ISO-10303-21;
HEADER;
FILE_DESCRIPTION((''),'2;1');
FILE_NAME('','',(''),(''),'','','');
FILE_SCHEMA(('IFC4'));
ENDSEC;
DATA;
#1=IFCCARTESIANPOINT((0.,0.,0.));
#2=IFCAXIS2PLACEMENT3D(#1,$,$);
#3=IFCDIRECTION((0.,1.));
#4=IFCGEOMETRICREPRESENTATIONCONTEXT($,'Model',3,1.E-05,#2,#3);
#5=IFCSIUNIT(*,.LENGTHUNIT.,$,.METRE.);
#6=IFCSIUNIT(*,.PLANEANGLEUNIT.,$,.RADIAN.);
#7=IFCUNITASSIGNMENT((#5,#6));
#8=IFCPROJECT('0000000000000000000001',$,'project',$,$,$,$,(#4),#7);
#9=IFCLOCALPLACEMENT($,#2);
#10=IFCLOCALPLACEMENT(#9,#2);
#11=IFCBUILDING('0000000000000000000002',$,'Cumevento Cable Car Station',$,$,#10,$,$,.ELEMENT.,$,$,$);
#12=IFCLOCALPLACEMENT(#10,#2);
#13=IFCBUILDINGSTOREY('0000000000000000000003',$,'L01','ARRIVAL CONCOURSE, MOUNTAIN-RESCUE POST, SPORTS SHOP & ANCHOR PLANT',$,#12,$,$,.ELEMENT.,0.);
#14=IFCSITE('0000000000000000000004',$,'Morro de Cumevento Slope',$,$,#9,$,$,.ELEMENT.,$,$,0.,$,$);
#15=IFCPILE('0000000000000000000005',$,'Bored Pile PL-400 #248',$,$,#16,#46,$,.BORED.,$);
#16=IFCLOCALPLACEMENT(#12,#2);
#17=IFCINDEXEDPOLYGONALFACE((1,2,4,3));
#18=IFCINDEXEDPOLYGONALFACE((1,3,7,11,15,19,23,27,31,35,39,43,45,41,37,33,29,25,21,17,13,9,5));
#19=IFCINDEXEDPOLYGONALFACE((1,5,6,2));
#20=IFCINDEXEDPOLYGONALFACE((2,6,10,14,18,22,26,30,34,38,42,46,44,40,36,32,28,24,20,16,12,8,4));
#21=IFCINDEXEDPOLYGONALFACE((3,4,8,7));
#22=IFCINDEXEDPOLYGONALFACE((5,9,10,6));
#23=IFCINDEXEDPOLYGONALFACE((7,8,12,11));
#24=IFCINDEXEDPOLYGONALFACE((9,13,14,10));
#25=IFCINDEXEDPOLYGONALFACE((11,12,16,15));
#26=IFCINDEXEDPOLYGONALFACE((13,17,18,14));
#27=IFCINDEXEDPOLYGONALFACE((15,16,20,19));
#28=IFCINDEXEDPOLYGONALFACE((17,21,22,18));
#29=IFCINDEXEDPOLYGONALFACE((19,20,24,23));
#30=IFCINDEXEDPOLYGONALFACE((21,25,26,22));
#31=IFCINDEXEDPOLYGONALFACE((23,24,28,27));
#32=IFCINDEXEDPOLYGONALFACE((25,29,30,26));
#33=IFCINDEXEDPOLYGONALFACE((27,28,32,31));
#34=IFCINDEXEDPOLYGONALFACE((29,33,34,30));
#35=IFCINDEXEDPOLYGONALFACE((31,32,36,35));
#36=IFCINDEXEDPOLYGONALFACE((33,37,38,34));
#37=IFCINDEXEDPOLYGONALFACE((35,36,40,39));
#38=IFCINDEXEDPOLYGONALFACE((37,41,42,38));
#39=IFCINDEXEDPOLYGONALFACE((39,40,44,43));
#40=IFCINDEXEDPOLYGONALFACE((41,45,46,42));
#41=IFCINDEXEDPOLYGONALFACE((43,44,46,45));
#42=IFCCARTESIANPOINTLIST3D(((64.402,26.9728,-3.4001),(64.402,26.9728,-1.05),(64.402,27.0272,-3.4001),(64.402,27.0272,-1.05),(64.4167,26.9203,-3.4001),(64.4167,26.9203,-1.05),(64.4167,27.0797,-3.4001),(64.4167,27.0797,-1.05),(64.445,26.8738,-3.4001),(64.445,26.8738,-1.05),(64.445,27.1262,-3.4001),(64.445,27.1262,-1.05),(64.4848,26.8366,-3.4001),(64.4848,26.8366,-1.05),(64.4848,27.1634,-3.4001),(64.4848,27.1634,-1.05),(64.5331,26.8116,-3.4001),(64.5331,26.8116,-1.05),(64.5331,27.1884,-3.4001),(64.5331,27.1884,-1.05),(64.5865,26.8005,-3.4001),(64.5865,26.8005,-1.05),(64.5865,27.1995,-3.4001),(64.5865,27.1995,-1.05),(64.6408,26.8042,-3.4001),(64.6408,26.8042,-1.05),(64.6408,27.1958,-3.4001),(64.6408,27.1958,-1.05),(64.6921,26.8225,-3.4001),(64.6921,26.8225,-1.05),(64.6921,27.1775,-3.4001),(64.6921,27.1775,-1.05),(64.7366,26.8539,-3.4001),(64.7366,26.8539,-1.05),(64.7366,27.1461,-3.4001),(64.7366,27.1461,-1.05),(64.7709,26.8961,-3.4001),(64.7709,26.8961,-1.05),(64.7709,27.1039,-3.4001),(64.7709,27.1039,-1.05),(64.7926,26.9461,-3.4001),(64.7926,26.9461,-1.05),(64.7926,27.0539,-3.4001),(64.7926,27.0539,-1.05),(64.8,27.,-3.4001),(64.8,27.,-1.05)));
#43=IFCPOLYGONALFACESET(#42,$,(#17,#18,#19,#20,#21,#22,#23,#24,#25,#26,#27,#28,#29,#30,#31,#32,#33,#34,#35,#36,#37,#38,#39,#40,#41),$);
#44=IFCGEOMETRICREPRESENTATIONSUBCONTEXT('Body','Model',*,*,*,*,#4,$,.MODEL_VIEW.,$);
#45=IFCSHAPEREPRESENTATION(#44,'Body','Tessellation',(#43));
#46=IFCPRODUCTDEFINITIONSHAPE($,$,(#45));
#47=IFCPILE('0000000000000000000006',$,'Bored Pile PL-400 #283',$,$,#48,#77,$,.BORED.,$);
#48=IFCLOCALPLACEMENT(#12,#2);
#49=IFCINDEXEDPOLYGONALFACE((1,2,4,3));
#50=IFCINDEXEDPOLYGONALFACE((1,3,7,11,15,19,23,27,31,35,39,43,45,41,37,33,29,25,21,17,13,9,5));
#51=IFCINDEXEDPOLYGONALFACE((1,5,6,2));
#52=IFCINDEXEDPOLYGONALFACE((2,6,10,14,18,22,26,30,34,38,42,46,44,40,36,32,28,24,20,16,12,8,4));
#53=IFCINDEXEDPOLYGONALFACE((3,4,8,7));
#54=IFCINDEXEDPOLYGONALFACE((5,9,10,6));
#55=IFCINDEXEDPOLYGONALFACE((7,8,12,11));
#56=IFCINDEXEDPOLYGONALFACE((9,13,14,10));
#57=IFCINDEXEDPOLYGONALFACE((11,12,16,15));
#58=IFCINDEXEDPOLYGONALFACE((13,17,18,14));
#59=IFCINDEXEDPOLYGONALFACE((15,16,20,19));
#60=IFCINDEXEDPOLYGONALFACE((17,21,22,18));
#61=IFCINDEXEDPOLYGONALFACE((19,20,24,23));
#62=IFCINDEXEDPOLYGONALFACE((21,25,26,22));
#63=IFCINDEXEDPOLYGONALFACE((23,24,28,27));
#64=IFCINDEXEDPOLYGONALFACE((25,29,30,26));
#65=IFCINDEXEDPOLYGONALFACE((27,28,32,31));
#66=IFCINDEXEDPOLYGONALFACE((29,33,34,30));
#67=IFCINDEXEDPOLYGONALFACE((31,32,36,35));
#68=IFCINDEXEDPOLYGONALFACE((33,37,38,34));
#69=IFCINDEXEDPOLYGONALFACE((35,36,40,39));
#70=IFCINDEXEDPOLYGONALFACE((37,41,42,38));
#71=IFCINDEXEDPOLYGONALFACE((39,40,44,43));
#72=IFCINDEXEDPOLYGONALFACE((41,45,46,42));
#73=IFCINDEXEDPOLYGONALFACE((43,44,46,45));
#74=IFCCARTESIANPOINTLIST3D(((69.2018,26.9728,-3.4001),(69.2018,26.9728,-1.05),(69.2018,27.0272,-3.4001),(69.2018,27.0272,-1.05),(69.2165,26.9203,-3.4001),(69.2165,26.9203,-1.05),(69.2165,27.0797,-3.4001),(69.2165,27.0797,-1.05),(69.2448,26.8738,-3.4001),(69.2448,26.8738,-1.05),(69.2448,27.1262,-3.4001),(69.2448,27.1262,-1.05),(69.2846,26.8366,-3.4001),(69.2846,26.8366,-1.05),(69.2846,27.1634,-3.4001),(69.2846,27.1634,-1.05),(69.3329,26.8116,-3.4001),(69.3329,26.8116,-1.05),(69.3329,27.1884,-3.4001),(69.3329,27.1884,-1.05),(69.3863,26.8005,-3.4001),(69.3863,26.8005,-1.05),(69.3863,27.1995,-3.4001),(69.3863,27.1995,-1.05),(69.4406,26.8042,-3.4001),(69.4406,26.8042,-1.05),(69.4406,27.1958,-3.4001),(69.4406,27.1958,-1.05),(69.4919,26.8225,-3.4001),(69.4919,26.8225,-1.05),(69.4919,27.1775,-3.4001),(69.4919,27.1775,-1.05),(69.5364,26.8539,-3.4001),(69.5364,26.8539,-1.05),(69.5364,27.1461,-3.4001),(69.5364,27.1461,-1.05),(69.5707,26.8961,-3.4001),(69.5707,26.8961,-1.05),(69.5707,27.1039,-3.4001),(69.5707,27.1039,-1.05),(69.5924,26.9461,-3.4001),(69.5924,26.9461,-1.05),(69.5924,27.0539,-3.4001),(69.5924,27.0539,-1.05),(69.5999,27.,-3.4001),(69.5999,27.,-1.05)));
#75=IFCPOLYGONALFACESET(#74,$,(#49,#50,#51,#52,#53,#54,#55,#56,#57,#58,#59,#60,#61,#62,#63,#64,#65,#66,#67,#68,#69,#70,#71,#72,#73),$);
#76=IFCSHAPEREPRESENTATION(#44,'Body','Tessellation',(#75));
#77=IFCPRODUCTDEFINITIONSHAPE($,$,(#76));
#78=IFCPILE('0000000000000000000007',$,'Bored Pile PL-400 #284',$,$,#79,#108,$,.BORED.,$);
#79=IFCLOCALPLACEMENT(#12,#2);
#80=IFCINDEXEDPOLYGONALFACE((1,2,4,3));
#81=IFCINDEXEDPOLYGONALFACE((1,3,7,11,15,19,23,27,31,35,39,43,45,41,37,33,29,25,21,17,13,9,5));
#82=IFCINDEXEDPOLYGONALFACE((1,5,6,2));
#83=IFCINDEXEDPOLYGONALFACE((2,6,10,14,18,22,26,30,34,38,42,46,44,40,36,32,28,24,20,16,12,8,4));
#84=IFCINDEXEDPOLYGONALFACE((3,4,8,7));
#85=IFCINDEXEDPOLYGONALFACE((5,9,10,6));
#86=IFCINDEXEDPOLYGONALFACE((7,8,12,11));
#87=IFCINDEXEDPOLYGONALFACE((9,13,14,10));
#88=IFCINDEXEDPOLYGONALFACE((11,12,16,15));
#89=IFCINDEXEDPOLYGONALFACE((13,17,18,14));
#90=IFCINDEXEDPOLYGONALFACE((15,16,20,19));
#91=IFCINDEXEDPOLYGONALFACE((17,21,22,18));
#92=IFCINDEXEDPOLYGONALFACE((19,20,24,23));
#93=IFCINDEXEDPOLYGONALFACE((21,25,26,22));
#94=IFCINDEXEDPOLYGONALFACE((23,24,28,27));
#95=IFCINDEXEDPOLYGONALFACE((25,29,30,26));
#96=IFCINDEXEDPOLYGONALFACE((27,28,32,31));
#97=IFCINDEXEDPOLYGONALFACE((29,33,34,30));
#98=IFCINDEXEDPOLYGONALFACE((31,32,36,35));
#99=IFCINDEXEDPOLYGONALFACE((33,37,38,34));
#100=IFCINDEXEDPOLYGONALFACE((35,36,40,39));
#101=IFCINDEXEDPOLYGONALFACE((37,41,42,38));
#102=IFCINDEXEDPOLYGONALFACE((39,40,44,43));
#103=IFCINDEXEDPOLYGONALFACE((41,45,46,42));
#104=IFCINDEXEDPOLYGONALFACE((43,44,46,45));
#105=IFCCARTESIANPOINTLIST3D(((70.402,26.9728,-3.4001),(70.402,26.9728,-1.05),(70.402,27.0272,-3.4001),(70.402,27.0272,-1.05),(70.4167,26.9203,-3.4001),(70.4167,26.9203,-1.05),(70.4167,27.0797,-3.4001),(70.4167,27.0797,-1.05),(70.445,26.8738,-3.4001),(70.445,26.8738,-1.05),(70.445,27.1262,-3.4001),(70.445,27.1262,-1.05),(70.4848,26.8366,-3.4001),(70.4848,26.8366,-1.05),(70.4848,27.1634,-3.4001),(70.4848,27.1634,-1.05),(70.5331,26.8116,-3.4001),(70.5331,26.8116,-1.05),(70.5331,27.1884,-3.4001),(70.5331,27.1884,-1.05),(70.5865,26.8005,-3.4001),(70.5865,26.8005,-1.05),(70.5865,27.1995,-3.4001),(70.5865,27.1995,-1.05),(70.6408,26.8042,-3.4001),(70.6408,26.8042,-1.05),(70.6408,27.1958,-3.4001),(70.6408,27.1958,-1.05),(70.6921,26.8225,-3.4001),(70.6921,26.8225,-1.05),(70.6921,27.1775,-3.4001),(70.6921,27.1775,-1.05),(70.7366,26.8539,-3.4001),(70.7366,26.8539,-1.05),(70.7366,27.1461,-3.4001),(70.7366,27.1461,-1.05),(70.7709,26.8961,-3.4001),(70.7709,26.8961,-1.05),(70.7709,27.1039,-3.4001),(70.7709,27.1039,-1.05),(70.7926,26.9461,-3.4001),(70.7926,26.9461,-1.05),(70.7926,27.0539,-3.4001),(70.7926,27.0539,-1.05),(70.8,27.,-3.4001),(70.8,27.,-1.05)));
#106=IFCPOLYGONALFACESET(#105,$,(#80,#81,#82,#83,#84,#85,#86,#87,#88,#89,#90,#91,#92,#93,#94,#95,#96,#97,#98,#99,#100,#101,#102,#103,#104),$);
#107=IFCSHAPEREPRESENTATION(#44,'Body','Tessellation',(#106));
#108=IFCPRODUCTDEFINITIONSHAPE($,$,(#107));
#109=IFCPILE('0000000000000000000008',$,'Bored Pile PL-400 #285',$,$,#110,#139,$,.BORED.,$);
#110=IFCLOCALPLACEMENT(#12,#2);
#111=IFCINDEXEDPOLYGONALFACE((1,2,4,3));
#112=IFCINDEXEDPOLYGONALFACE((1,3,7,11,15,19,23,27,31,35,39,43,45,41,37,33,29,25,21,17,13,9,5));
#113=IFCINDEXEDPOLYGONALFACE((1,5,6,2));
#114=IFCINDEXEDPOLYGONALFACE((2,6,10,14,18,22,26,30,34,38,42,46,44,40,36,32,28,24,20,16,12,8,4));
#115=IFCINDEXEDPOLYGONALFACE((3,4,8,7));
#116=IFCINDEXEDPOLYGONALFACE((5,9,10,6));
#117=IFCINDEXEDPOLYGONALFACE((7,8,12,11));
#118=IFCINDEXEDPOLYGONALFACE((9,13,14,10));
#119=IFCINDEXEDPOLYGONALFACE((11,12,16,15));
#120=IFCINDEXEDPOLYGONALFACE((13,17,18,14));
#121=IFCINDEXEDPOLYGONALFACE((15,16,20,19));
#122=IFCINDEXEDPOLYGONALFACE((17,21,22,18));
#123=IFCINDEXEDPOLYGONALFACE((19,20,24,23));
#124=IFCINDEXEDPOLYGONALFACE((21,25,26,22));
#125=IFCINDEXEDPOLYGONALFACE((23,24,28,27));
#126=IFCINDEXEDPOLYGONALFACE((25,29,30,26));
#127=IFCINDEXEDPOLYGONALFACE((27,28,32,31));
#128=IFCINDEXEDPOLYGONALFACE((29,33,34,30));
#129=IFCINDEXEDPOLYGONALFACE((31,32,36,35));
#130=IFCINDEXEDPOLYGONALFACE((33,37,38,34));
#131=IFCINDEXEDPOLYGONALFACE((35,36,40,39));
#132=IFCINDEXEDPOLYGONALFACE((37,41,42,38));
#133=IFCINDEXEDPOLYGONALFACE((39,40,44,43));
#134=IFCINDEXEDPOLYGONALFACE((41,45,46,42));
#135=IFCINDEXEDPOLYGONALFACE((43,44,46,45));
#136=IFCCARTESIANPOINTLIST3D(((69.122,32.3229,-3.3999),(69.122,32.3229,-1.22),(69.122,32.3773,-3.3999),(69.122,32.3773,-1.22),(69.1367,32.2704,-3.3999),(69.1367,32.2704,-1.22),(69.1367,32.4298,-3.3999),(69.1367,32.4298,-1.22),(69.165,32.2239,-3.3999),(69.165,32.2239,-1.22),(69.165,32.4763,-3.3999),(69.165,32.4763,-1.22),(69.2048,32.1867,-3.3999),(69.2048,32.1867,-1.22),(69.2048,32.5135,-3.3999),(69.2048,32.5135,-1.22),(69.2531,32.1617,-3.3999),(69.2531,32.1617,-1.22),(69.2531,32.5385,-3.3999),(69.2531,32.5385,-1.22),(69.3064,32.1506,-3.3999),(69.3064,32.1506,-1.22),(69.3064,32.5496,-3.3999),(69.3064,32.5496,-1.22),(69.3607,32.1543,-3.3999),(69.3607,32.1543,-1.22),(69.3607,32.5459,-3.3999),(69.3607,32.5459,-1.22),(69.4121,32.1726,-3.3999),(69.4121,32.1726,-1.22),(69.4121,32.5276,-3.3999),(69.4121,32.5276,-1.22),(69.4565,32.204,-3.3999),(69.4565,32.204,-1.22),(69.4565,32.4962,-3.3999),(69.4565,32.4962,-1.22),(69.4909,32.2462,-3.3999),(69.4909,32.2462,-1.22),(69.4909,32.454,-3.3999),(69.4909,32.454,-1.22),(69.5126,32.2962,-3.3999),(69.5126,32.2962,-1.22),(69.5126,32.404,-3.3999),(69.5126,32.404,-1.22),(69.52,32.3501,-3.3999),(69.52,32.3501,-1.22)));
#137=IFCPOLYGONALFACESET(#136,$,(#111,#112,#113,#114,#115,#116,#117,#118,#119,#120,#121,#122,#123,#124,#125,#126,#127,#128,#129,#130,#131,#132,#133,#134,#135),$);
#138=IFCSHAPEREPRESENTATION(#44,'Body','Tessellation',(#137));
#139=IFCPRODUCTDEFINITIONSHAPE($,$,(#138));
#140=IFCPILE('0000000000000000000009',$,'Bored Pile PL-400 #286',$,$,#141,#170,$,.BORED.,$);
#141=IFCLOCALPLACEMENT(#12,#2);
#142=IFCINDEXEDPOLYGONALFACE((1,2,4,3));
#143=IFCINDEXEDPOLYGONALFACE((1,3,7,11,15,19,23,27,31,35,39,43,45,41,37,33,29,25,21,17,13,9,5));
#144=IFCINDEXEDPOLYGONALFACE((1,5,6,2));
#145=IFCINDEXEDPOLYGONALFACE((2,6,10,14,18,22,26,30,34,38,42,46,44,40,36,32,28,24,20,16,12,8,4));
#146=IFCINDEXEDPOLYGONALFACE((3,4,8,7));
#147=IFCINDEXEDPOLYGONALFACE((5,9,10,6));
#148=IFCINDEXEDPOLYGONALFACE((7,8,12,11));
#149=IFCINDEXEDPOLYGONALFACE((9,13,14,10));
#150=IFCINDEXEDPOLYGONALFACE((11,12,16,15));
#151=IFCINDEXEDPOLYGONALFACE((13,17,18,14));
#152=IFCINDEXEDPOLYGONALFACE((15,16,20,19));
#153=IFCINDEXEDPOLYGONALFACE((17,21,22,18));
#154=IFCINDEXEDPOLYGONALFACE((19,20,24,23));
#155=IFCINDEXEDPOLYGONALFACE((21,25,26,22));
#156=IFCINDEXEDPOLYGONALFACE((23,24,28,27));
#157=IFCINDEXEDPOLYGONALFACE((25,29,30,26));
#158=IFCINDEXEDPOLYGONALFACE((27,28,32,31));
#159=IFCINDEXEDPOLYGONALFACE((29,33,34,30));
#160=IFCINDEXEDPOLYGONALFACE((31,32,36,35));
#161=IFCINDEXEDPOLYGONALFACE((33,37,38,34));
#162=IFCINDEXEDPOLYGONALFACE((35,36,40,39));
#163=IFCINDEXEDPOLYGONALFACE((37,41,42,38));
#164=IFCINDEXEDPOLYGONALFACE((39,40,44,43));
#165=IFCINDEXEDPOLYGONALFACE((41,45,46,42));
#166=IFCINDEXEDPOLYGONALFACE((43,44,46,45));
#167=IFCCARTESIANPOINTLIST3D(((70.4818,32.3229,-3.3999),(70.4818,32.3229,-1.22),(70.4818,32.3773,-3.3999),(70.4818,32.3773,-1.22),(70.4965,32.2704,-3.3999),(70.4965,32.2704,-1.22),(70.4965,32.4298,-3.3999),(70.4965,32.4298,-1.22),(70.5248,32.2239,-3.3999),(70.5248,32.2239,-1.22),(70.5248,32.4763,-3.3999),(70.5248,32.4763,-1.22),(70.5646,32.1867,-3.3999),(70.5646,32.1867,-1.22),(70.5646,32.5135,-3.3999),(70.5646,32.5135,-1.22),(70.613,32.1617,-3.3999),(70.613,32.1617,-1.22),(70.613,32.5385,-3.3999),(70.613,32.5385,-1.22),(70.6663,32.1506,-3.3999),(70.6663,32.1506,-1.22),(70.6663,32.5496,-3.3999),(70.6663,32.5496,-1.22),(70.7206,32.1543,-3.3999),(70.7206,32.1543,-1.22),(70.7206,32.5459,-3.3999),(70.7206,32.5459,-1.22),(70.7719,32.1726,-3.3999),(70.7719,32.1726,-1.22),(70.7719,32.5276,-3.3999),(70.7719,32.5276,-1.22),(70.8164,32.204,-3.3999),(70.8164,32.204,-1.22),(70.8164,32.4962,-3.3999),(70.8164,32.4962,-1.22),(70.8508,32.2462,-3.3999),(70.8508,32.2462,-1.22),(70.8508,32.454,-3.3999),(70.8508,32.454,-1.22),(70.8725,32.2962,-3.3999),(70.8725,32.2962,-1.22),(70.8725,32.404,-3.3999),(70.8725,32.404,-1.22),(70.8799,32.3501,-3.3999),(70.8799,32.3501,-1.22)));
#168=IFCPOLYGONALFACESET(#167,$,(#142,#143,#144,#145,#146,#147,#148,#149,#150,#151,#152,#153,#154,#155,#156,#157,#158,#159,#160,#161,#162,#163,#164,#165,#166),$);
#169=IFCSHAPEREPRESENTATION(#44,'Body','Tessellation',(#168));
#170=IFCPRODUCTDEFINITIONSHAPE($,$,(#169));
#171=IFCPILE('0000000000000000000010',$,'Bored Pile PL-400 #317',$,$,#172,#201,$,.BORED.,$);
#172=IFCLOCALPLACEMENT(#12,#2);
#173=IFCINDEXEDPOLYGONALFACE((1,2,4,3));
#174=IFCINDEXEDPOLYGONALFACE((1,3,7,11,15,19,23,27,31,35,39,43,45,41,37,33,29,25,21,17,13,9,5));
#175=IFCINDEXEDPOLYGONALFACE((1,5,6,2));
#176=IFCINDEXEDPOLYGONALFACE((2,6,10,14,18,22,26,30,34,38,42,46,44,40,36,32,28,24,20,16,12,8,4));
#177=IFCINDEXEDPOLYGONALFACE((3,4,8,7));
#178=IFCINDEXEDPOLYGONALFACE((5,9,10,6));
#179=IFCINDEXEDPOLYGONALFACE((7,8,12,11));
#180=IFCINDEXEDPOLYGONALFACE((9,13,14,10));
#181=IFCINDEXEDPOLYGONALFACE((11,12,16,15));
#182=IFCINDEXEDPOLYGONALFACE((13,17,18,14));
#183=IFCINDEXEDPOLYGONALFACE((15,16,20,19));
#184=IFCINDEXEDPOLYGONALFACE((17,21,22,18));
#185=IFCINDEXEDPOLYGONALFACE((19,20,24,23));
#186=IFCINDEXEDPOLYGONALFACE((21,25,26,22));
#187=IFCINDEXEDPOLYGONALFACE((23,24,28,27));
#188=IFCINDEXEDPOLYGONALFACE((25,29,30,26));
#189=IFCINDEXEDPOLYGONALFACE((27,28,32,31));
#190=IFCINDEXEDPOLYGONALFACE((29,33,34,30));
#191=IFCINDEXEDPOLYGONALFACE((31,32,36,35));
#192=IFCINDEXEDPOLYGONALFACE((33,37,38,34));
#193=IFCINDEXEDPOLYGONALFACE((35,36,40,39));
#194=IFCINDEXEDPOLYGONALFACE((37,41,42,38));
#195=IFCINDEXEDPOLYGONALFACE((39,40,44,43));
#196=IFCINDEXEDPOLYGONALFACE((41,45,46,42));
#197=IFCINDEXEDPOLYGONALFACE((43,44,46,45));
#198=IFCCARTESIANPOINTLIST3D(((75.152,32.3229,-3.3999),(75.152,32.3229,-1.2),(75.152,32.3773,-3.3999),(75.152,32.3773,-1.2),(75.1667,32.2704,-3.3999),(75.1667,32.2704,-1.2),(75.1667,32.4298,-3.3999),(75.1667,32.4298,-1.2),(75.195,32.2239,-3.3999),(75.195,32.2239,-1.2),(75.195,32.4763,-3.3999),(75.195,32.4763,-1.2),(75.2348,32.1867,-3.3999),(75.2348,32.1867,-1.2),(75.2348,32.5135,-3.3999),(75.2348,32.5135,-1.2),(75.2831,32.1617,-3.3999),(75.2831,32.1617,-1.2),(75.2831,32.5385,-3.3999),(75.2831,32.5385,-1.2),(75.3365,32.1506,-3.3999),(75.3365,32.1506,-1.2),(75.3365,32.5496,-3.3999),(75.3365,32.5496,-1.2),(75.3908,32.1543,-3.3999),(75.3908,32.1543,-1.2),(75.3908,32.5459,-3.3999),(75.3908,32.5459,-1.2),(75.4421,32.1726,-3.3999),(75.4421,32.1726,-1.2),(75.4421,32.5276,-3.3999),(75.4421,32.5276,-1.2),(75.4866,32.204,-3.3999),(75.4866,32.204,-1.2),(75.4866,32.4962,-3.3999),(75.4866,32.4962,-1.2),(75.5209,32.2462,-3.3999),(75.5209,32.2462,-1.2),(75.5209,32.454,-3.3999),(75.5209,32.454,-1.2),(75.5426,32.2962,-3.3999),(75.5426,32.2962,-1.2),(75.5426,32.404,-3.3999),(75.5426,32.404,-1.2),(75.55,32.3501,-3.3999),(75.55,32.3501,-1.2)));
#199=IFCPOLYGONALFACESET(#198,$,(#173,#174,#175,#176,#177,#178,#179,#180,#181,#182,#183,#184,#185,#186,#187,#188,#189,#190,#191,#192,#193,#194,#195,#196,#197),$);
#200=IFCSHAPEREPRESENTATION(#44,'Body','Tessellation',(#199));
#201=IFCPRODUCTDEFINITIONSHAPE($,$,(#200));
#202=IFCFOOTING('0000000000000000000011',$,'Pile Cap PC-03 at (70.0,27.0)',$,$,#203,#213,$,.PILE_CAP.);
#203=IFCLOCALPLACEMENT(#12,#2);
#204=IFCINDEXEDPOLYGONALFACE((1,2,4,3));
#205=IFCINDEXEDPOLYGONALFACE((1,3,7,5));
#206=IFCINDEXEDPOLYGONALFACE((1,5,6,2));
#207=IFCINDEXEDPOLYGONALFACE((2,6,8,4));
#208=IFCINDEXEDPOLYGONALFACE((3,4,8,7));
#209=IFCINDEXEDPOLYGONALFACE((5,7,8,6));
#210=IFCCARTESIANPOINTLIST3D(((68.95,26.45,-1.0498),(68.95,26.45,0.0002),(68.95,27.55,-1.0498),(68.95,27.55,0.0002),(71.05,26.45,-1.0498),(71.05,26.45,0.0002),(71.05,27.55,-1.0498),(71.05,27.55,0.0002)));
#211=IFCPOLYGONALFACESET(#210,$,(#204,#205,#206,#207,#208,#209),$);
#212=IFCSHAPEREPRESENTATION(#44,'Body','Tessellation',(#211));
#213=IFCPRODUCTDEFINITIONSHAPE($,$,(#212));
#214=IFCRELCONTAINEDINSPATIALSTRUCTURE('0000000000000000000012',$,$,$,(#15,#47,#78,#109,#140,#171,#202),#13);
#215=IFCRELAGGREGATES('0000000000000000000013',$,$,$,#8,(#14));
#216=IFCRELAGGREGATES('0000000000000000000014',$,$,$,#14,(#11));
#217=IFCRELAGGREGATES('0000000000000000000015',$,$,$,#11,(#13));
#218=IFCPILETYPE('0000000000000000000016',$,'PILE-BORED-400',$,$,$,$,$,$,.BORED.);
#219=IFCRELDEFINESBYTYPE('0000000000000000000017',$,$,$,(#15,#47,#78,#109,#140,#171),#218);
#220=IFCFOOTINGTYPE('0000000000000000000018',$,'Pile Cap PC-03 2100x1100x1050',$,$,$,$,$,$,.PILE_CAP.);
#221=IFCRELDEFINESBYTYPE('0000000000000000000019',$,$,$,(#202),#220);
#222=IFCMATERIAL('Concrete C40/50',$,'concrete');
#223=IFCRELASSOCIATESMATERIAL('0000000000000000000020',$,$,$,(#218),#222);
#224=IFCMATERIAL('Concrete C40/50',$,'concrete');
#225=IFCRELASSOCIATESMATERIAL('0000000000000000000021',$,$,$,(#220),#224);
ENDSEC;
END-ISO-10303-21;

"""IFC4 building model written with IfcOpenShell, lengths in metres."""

from ifc_helpers import new_model, si_unit, direction, frame, origin, origin_2d, place, context, subcontext, project, spatial, rectangle, circle, extrude, material, material_profile, profile_set, type_object, element, save


model = new_model("IFC4")

# Units and contexts
model_context = context("Model", 3, precision=1e-05, world=origin(), true_north=direction((0.0, 1.0)))
body_context = subcontext(model_context, "Body", "Model", "MODEL_VIEW")
ifc_project = project(units=[si_unit("LENGTHUNIT", "METRE"), si_unit("PLANEANGLEUNIT", "RADIAN")], contexts=[model_context])

# Site, building, storey
site_placement = place(None, origin())
site = spatial("IfcSite", under=ifc_project, at=site_placement, Name="Morro de Cumevento Slope", CompositionType="ELEMENT", RefElevation=0.0)
building_placement = place(site_placement, origin())
building = spatial("IfcBuilding", under=site, at=building_placement, Name="Cumevento Cable Car Station", CompositionType="ELEMENT")
storey_placement = place(building_placement, origin())
storey = spatial("IfcBuildingStorey", under=building, at=storey_placement, Name="L01", Description="ARRIVAL CONCOURSE, MOUNTAIN-RESCUE POST, SPORTS SHOP & ANCHOR PLANT", CompositionType="ELEMENT", Elevation=0.0)

# Piles
ifc_material_1 = material(Name="Concrete C40/50", Category="concrete")
ifc_material_profile_1 = material_profile(ifc_material_1, circle(Radius=0.2, at=origin_2d()), Name="PILE-D400")
ifc_profile_set_1 = profile_set([ifc_material_profile_1], Name="Concrete C40/50")
pile_type = type_object("IfcPileType", Name="PILE-BORED-400", PredefinedType="BORED", material=ifc_profile_set_1)
for number, where, z_axis, x_axis, name in (
    (1, (64.6001, 27.0, -1.05), (0.0, 0.0, -1.0), (1.0, 0.0, 0.0), "Bored Pile PL-400 #248"),
    (2, (69.3999, 27.0, -1.05), (0.0, 0.0, -1.0), (1.0, 0.0, 0.0), "Bored Pile PL-400 #283"),
    (3, (70.6001, 27.0, -1.05), (0.0, 0.0, -1.0), (1.0, 0.0, 0.0), "Bored Pile PL-400 #284"),
):
    element("IfcPile", number, at=place(storey_placement, frame(where, z_axis=z_axis, x_axis=x_axis)), inside=storey, type_object=pile_type, Name=name, PredefinedType="BORED", context=body_context, shape_type="SweptSolid", body=[
        extrude(circle(Radius=0.2, at=origin_2d()), origin(), (0.0, 0.0, 1.0), 2.3501),
    ])
for number, where, z_axis, x_axis, name in (
    (4, (69.3201, 32.3501, -1.22), (0.0, 0.0, -1.0), (1.0, 0.0, 0.0), "Bored Pile PL-400 #285"),
    (5, (70.6799, 32.3501, -1.22), (0.0, 0.0, -1.0), (1.0, 0.0, 0.0), "Bored Pile PL-400 #286"),
):
    element("IfcPile", number, at=place(storey_placement, frame(where, z_axis=z_axis, x_axis=x_axis)), inside=storey, type_object=pile_type, Name=name, PredefinedType="BORED", context=body_context, shape_type="SweptSolid", body=[
        extrude(circle(Radius=0.2, at=origin_2d()), origin(), (0.0, 0.0, 1.0), 2.1799),
    ])
pile_placement = place(storey_placement, frame((75.3501, 32.3501, -1.2), z_axis=(0.0, 0.0, -1.0), x_axis=(1.0, 0.0, 0.0)))
element("IfcPile", 6, at=pile_placement, inside=storey, type_object=pile_type, Name="Bored Pile PL-400 #317", PredefinedType="BORED", context=body_context, shape_type="SweptSolid", body=[
    extrude(circle(Radius=0.2, at=origin_2d()), origin(), (0.0, 0.0, 1.0), 2.2),
])

# Footing
ifc_material_2 = material(Name="Concrete C40/50", Category="concrete")
footing_type = type_object("IfcFootingType", Name="Pile Cap PC-03 2100x1100x1050", PredefinedType="PILE_CAP", material=ifc_material_2)
footing_placement = place(storey_placement, frame((70.0, 27.0, -1.0498), z_axis=(0.0, 0.0, 1.0), x_axis=(1.0, 0.0, 0.0)))
element("IfcFooting", 7, at=footing_placement, inside=storey, type_object=footing_type, Name="Pile Cap PC-03 at (70.0,27.0)", PredefinedType="PILE_CAP", context=body_context, shape_type="SweptSolid", body=[
    extrude(rectangle(XDim=2.1001, YDim=1.1001, at=origin_2d()), origin(), (0.0, 0.0, 1.0), 1.05),
])

save(model, "model.ifc")
